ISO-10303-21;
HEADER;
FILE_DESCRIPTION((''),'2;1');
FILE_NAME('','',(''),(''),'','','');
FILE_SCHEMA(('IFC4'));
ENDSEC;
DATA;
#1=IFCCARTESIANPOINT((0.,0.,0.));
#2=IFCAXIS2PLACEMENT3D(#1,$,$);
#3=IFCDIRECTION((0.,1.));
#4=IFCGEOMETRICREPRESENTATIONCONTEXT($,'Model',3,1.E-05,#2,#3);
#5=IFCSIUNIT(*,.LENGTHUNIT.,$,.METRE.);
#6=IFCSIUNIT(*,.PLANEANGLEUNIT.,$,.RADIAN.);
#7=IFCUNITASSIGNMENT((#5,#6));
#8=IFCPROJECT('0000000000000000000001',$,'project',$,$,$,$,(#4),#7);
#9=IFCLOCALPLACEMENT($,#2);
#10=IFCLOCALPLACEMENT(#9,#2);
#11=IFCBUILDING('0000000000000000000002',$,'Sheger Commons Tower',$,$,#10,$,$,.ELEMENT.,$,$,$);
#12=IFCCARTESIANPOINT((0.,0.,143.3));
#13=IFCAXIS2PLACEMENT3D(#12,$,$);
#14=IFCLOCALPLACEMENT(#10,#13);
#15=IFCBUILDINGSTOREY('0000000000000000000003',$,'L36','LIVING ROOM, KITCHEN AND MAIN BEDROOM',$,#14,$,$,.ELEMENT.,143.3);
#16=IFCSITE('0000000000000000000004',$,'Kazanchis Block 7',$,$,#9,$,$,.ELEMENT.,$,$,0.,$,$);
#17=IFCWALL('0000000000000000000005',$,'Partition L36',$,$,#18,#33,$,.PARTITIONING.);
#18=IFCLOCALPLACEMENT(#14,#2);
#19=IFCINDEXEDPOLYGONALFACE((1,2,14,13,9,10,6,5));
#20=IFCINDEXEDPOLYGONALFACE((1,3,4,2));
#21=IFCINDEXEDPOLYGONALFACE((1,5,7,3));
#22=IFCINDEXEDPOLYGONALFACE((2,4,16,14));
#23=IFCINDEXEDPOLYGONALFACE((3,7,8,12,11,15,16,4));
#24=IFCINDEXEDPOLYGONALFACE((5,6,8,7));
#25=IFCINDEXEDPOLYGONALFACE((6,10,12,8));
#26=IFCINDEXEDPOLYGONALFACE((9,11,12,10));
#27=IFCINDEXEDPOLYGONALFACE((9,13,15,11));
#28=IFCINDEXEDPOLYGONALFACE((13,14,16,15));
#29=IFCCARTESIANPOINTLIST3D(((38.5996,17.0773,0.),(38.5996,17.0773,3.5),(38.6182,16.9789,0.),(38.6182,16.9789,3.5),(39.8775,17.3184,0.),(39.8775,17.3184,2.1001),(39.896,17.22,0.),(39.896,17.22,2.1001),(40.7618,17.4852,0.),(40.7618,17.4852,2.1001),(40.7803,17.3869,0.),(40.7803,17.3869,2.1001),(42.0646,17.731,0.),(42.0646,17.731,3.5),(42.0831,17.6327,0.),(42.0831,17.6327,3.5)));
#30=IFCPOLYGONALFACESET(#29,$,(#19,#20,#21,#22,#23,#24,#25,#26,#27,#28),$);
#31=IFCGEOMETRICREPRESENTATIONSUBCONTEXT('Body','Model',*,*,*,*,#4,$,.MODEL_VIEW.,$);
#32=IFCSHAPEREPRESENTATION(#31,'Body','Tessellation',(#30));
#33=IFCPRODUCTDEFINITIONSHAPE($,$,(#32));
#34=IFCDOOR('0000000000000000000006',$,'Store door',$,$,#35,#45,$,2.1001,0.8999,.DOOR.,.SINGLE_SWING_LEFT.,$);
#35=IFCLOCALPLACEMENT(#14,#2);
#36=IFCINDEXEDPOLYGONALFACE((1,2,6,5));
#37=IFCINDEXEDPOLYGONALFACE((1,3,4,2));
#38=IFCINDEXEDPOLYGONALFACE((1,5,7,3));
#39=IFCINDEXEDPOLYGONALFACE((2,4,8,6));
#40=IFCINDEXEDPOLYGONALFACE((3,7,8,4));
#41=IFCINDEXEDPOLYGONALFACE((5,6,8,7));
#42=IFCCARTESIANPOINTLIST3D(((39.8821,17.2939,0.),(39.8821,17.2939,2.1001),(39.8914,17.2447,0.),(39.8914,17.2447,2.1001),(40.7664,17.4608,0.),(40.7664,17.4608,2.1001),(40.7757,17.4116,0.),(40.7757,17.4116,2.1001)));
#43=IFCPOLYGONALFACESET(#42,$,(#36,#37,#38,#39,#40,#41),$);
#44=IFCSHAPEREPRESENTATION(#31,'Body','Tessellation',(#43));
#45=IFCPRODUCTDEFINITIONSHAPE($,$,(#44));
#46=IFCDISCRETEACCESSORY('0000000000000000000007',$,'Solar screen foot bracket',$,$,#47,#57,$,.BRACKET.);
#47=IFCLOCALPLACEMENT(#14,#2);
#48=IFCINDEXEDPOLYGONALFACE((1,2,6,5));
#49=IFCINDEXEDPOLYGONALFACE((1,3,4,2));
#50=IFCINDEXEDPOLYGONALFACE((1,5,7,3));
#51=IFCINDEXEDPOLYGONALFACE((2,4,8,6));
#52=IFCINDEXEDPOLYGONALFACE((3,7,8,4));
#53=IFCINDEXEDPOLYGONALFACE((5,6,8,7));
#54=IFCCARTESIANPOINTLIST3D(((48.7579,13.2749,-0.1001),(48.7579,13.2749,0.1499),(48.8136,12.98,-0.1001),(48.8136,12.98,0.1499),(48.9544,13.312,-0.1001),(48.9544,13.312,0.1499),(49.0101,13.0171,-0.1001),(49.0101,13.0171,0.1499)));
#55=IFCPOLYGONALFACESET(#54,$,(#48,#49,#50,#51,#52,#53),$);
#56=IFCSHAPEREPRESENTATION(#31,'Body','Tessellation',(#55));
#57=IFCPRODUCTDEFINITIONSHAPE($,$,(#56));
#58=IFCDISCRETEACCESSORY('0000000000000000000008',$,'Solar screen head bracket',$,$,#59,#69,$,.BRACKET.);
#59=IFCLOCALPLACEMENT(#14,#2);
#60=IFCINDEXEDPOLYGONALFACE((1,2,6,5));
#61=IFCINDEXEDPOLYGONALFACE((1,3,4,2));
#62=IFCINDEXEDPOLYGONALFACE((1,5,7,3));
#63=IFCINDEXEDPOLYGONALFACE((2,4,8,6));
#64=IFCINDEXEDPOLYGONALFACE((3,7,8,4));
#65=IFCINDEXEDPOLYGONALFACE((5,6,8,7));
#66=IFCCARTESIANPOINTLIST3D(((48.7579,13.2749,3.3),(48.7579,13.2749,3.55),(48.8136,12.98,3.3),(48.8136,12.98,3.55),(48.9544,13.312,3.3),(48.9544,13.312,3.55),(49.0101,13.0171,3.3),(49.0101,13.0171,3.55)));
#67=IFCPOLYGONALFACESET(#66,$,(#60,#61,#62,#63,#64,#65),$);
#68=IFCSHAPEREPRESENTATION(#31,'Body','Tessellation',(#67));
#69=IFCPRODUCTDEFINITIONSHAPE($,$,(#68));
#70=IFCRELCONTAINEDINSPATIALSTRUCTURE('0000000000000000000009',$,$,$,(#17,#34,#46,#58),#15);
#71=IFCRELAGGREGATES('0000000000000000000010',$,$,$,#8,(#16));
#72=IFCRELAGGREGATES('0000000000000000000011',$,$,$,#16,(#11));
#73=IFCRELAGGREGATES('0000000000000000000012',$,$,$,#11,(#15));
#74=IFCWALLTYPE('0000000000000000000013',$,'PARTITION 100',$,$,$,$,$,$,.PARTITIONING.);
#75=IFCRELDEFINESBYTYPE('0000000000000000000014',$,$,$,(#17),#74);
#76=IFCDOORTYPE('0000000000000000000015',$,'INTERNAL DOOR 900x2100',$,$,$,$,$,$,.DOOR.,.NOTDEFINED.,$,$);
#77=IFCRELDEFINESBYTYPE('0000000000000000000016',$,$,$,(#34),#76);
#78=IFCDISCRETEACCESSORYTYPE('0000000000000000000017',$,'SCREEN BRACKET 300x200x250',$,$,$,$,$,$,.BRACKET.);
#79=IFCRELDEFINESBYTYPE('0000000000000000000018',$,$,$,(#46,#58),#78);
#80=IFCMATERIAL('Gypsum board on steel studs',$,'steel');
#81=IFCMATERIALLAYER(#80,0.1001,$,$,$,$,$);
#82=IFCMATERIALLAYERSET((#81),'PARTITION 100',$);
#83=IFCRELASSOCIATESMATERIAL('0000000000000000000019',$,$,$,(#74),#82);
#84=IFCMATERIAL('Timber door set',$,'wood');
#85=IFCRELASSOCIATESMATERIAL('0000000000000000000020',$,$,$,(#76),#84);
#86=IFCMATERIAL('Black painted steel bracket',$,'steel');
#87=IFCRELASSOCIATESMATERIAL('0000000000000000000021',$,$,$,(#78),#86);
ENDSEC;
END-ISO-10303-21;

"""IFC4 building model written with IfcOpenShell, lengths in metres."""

from ifc_helpers import new_model, si_unit, direction, frame, frame_2d, origin, origin_2d, place, context, subcontext, project, spatial, rectangle, extrude, material, layer, layer_set, type_object, element, fill, save


model = new_model("IFC4")

# Units and contexts
model_context = context("Model", 3, precision=1e-05, world=origin(), true_north=direction((0.0, 1.0)))
body_context = subcontext(model_context, "Body", "Model", "MODEL_VIEW")
ifc_project = project(units=[si_unit("LENGTHUNIT", "METRE"), si_unit("PLANEANGLEUNIT", "RADIAN")], contexts=[model_context])

# Site, building, storey
site_placement = place(None, origin())
site = spatial("IfcSite", under=ifc_project, at=site_placement, Name="Kazanchis Block 7", CompositionType="ELEMENT", RefElevation=0.0)
building_placement = place(site_placement, origin())
building = spatial("IfcBuilding", under=site, at=building_placement, Name="Sheger Commons Tower", CompositionType="ELEMENT")
storey_placement = place(building_placement, frame((0.0, 0.0, 143.3)))
storey = spatial("IfcBuildingStorey", under=building, at=storey_placement, Name="L36", Description="LIVING ROOM, KITCHEN AND MAIN BEDROOM", CompositionType="ELEMENT", Elevation=143.3)

# Shared definitions
ifc_material_1 = material(Name="Gypsum board on steel studs", Category="steel")
ifc_layer_1 = layer(ifc_material_1, 0.1001)
ifc_layer_set_1 = layer_set([ifc_layer_1], Name="PARTITION 100")
wall_type_1 = type_object("IfcWallType", Name="PARTITION 100", PredefinedType="PARTITIONING", material=ifc_layer_set_1)

# Shared definitions
ifc_material_2 = material(Name="Timber door set", Category="wood")
door_type = type_object("IfcDoorType", Name="INTERNAL DOOR 900x2100", OperationType="NOTDEFINED", PredefinedType="DOOR", material=ifc_material_2)

# Wall, opening, door
wall_1_placement = place(storey_placement, frame((42.074, 17.6819, 0.0), z_axis=(0.0, 0.0, 1.0), x_axis=(-0.982661, -0.185413, 0.0)))
wall_1 = element("IfcWall", 1, at=wall_1_placement, inside=storey, type_object=wall_type_1, Name="Partition L36", PredefinedType="PARTITIONING", context=body_context, shape_type="SweptSolid", body=[
    extrude(rectangle(XDim=3.5261, YDim=0.1001, at=frame_2d((1.7632, 0.0))), origin(), (0.0, 0.0, 1.0), 3.5),
])
opening_1_placement = place(wall_1_placement, frame((1.3259, 0.0, 0.0)))
opening_1 = element("IfcOpeningElement", 2, at=opening_1_placement, cuts=wall_1, PredefinedType="OPENING", context=body_context, shape_type="SweptSolid", body=[
    extrude(rectangle(XDim=0.8999, YDim=2.1001, at=frame_2d((0.45, 1.05))), frame((0.0, 0.0601, 0.0), z_axis=(0.0, -1.0, 0.0), x_axis=(1.0, 0.0, 0.0)), (0.0, 0.0, 1.0), 0.1201),
])
door_1_placement = place(opening_1_placement, origin())
door_1 = element("IfcDoor", 3, at=door_1_placement, inside=storey, type_object=door_type, Name="Store door", OperationType="SINGLE_SWING_LEFT", OverallHeight=2.1001, OverallWidth=0.8999, PredefinedType="DOOR", context=body_context, shape_type="SweptSolid", body=[
    extrude(rectangle(XDim=0.8999, YDim=2.1001, at=frame_2d((0.45, 1.05))), frame((0.0, 0.0249, 0.0), z_axis=(0.0, -1.0, 0.0), x_axis=(1.0, 0.0, 0.0)), (0.0, 0.0, 1.0), 0.05),
])
fill(opening_1, door_1)

# Discrete accessories
ifc_material_3 = material(Name="Black painted steel bracket", Category="steel")
discrete_accessory_type = type_object("IfcDiscreteAccessoryType", Name="SCREEN BRACKET 300x200x250", PredefinedType="BRACKET", material=ifc_material_3)
for number, where, z_axis, x_axis, name in (
    (4, (48.884, 13.146, -0.1001), (0.0, 0.0, 1.0), (-0.185615, 0.982623, 0.0), "Solar screen foot bracket"),
    (5, (48.884, 13.146, 3.3), (0.0, 0.0, 1.0), (-0.185615, 0.982623, 0.0), "Solar screen head bracket"),
):
    element("IfcDiscreteAccessory", number, at=place(storey_placement, frame(where, z_axis=z_axis, x_axis=x_axis)), inside=storey, type_object=discrete_accessory_type, Name=name, PredefinedType="BRACKET", context=body_context, shape_type="SweptSolid", body=[
        extrude(rectangle(XDim=0.3, YDim=0.2, at=origin_2d()), origin(), (0.0, 0.0, 1.0), 0.25),
    ])

save(model, "model.ifc")
